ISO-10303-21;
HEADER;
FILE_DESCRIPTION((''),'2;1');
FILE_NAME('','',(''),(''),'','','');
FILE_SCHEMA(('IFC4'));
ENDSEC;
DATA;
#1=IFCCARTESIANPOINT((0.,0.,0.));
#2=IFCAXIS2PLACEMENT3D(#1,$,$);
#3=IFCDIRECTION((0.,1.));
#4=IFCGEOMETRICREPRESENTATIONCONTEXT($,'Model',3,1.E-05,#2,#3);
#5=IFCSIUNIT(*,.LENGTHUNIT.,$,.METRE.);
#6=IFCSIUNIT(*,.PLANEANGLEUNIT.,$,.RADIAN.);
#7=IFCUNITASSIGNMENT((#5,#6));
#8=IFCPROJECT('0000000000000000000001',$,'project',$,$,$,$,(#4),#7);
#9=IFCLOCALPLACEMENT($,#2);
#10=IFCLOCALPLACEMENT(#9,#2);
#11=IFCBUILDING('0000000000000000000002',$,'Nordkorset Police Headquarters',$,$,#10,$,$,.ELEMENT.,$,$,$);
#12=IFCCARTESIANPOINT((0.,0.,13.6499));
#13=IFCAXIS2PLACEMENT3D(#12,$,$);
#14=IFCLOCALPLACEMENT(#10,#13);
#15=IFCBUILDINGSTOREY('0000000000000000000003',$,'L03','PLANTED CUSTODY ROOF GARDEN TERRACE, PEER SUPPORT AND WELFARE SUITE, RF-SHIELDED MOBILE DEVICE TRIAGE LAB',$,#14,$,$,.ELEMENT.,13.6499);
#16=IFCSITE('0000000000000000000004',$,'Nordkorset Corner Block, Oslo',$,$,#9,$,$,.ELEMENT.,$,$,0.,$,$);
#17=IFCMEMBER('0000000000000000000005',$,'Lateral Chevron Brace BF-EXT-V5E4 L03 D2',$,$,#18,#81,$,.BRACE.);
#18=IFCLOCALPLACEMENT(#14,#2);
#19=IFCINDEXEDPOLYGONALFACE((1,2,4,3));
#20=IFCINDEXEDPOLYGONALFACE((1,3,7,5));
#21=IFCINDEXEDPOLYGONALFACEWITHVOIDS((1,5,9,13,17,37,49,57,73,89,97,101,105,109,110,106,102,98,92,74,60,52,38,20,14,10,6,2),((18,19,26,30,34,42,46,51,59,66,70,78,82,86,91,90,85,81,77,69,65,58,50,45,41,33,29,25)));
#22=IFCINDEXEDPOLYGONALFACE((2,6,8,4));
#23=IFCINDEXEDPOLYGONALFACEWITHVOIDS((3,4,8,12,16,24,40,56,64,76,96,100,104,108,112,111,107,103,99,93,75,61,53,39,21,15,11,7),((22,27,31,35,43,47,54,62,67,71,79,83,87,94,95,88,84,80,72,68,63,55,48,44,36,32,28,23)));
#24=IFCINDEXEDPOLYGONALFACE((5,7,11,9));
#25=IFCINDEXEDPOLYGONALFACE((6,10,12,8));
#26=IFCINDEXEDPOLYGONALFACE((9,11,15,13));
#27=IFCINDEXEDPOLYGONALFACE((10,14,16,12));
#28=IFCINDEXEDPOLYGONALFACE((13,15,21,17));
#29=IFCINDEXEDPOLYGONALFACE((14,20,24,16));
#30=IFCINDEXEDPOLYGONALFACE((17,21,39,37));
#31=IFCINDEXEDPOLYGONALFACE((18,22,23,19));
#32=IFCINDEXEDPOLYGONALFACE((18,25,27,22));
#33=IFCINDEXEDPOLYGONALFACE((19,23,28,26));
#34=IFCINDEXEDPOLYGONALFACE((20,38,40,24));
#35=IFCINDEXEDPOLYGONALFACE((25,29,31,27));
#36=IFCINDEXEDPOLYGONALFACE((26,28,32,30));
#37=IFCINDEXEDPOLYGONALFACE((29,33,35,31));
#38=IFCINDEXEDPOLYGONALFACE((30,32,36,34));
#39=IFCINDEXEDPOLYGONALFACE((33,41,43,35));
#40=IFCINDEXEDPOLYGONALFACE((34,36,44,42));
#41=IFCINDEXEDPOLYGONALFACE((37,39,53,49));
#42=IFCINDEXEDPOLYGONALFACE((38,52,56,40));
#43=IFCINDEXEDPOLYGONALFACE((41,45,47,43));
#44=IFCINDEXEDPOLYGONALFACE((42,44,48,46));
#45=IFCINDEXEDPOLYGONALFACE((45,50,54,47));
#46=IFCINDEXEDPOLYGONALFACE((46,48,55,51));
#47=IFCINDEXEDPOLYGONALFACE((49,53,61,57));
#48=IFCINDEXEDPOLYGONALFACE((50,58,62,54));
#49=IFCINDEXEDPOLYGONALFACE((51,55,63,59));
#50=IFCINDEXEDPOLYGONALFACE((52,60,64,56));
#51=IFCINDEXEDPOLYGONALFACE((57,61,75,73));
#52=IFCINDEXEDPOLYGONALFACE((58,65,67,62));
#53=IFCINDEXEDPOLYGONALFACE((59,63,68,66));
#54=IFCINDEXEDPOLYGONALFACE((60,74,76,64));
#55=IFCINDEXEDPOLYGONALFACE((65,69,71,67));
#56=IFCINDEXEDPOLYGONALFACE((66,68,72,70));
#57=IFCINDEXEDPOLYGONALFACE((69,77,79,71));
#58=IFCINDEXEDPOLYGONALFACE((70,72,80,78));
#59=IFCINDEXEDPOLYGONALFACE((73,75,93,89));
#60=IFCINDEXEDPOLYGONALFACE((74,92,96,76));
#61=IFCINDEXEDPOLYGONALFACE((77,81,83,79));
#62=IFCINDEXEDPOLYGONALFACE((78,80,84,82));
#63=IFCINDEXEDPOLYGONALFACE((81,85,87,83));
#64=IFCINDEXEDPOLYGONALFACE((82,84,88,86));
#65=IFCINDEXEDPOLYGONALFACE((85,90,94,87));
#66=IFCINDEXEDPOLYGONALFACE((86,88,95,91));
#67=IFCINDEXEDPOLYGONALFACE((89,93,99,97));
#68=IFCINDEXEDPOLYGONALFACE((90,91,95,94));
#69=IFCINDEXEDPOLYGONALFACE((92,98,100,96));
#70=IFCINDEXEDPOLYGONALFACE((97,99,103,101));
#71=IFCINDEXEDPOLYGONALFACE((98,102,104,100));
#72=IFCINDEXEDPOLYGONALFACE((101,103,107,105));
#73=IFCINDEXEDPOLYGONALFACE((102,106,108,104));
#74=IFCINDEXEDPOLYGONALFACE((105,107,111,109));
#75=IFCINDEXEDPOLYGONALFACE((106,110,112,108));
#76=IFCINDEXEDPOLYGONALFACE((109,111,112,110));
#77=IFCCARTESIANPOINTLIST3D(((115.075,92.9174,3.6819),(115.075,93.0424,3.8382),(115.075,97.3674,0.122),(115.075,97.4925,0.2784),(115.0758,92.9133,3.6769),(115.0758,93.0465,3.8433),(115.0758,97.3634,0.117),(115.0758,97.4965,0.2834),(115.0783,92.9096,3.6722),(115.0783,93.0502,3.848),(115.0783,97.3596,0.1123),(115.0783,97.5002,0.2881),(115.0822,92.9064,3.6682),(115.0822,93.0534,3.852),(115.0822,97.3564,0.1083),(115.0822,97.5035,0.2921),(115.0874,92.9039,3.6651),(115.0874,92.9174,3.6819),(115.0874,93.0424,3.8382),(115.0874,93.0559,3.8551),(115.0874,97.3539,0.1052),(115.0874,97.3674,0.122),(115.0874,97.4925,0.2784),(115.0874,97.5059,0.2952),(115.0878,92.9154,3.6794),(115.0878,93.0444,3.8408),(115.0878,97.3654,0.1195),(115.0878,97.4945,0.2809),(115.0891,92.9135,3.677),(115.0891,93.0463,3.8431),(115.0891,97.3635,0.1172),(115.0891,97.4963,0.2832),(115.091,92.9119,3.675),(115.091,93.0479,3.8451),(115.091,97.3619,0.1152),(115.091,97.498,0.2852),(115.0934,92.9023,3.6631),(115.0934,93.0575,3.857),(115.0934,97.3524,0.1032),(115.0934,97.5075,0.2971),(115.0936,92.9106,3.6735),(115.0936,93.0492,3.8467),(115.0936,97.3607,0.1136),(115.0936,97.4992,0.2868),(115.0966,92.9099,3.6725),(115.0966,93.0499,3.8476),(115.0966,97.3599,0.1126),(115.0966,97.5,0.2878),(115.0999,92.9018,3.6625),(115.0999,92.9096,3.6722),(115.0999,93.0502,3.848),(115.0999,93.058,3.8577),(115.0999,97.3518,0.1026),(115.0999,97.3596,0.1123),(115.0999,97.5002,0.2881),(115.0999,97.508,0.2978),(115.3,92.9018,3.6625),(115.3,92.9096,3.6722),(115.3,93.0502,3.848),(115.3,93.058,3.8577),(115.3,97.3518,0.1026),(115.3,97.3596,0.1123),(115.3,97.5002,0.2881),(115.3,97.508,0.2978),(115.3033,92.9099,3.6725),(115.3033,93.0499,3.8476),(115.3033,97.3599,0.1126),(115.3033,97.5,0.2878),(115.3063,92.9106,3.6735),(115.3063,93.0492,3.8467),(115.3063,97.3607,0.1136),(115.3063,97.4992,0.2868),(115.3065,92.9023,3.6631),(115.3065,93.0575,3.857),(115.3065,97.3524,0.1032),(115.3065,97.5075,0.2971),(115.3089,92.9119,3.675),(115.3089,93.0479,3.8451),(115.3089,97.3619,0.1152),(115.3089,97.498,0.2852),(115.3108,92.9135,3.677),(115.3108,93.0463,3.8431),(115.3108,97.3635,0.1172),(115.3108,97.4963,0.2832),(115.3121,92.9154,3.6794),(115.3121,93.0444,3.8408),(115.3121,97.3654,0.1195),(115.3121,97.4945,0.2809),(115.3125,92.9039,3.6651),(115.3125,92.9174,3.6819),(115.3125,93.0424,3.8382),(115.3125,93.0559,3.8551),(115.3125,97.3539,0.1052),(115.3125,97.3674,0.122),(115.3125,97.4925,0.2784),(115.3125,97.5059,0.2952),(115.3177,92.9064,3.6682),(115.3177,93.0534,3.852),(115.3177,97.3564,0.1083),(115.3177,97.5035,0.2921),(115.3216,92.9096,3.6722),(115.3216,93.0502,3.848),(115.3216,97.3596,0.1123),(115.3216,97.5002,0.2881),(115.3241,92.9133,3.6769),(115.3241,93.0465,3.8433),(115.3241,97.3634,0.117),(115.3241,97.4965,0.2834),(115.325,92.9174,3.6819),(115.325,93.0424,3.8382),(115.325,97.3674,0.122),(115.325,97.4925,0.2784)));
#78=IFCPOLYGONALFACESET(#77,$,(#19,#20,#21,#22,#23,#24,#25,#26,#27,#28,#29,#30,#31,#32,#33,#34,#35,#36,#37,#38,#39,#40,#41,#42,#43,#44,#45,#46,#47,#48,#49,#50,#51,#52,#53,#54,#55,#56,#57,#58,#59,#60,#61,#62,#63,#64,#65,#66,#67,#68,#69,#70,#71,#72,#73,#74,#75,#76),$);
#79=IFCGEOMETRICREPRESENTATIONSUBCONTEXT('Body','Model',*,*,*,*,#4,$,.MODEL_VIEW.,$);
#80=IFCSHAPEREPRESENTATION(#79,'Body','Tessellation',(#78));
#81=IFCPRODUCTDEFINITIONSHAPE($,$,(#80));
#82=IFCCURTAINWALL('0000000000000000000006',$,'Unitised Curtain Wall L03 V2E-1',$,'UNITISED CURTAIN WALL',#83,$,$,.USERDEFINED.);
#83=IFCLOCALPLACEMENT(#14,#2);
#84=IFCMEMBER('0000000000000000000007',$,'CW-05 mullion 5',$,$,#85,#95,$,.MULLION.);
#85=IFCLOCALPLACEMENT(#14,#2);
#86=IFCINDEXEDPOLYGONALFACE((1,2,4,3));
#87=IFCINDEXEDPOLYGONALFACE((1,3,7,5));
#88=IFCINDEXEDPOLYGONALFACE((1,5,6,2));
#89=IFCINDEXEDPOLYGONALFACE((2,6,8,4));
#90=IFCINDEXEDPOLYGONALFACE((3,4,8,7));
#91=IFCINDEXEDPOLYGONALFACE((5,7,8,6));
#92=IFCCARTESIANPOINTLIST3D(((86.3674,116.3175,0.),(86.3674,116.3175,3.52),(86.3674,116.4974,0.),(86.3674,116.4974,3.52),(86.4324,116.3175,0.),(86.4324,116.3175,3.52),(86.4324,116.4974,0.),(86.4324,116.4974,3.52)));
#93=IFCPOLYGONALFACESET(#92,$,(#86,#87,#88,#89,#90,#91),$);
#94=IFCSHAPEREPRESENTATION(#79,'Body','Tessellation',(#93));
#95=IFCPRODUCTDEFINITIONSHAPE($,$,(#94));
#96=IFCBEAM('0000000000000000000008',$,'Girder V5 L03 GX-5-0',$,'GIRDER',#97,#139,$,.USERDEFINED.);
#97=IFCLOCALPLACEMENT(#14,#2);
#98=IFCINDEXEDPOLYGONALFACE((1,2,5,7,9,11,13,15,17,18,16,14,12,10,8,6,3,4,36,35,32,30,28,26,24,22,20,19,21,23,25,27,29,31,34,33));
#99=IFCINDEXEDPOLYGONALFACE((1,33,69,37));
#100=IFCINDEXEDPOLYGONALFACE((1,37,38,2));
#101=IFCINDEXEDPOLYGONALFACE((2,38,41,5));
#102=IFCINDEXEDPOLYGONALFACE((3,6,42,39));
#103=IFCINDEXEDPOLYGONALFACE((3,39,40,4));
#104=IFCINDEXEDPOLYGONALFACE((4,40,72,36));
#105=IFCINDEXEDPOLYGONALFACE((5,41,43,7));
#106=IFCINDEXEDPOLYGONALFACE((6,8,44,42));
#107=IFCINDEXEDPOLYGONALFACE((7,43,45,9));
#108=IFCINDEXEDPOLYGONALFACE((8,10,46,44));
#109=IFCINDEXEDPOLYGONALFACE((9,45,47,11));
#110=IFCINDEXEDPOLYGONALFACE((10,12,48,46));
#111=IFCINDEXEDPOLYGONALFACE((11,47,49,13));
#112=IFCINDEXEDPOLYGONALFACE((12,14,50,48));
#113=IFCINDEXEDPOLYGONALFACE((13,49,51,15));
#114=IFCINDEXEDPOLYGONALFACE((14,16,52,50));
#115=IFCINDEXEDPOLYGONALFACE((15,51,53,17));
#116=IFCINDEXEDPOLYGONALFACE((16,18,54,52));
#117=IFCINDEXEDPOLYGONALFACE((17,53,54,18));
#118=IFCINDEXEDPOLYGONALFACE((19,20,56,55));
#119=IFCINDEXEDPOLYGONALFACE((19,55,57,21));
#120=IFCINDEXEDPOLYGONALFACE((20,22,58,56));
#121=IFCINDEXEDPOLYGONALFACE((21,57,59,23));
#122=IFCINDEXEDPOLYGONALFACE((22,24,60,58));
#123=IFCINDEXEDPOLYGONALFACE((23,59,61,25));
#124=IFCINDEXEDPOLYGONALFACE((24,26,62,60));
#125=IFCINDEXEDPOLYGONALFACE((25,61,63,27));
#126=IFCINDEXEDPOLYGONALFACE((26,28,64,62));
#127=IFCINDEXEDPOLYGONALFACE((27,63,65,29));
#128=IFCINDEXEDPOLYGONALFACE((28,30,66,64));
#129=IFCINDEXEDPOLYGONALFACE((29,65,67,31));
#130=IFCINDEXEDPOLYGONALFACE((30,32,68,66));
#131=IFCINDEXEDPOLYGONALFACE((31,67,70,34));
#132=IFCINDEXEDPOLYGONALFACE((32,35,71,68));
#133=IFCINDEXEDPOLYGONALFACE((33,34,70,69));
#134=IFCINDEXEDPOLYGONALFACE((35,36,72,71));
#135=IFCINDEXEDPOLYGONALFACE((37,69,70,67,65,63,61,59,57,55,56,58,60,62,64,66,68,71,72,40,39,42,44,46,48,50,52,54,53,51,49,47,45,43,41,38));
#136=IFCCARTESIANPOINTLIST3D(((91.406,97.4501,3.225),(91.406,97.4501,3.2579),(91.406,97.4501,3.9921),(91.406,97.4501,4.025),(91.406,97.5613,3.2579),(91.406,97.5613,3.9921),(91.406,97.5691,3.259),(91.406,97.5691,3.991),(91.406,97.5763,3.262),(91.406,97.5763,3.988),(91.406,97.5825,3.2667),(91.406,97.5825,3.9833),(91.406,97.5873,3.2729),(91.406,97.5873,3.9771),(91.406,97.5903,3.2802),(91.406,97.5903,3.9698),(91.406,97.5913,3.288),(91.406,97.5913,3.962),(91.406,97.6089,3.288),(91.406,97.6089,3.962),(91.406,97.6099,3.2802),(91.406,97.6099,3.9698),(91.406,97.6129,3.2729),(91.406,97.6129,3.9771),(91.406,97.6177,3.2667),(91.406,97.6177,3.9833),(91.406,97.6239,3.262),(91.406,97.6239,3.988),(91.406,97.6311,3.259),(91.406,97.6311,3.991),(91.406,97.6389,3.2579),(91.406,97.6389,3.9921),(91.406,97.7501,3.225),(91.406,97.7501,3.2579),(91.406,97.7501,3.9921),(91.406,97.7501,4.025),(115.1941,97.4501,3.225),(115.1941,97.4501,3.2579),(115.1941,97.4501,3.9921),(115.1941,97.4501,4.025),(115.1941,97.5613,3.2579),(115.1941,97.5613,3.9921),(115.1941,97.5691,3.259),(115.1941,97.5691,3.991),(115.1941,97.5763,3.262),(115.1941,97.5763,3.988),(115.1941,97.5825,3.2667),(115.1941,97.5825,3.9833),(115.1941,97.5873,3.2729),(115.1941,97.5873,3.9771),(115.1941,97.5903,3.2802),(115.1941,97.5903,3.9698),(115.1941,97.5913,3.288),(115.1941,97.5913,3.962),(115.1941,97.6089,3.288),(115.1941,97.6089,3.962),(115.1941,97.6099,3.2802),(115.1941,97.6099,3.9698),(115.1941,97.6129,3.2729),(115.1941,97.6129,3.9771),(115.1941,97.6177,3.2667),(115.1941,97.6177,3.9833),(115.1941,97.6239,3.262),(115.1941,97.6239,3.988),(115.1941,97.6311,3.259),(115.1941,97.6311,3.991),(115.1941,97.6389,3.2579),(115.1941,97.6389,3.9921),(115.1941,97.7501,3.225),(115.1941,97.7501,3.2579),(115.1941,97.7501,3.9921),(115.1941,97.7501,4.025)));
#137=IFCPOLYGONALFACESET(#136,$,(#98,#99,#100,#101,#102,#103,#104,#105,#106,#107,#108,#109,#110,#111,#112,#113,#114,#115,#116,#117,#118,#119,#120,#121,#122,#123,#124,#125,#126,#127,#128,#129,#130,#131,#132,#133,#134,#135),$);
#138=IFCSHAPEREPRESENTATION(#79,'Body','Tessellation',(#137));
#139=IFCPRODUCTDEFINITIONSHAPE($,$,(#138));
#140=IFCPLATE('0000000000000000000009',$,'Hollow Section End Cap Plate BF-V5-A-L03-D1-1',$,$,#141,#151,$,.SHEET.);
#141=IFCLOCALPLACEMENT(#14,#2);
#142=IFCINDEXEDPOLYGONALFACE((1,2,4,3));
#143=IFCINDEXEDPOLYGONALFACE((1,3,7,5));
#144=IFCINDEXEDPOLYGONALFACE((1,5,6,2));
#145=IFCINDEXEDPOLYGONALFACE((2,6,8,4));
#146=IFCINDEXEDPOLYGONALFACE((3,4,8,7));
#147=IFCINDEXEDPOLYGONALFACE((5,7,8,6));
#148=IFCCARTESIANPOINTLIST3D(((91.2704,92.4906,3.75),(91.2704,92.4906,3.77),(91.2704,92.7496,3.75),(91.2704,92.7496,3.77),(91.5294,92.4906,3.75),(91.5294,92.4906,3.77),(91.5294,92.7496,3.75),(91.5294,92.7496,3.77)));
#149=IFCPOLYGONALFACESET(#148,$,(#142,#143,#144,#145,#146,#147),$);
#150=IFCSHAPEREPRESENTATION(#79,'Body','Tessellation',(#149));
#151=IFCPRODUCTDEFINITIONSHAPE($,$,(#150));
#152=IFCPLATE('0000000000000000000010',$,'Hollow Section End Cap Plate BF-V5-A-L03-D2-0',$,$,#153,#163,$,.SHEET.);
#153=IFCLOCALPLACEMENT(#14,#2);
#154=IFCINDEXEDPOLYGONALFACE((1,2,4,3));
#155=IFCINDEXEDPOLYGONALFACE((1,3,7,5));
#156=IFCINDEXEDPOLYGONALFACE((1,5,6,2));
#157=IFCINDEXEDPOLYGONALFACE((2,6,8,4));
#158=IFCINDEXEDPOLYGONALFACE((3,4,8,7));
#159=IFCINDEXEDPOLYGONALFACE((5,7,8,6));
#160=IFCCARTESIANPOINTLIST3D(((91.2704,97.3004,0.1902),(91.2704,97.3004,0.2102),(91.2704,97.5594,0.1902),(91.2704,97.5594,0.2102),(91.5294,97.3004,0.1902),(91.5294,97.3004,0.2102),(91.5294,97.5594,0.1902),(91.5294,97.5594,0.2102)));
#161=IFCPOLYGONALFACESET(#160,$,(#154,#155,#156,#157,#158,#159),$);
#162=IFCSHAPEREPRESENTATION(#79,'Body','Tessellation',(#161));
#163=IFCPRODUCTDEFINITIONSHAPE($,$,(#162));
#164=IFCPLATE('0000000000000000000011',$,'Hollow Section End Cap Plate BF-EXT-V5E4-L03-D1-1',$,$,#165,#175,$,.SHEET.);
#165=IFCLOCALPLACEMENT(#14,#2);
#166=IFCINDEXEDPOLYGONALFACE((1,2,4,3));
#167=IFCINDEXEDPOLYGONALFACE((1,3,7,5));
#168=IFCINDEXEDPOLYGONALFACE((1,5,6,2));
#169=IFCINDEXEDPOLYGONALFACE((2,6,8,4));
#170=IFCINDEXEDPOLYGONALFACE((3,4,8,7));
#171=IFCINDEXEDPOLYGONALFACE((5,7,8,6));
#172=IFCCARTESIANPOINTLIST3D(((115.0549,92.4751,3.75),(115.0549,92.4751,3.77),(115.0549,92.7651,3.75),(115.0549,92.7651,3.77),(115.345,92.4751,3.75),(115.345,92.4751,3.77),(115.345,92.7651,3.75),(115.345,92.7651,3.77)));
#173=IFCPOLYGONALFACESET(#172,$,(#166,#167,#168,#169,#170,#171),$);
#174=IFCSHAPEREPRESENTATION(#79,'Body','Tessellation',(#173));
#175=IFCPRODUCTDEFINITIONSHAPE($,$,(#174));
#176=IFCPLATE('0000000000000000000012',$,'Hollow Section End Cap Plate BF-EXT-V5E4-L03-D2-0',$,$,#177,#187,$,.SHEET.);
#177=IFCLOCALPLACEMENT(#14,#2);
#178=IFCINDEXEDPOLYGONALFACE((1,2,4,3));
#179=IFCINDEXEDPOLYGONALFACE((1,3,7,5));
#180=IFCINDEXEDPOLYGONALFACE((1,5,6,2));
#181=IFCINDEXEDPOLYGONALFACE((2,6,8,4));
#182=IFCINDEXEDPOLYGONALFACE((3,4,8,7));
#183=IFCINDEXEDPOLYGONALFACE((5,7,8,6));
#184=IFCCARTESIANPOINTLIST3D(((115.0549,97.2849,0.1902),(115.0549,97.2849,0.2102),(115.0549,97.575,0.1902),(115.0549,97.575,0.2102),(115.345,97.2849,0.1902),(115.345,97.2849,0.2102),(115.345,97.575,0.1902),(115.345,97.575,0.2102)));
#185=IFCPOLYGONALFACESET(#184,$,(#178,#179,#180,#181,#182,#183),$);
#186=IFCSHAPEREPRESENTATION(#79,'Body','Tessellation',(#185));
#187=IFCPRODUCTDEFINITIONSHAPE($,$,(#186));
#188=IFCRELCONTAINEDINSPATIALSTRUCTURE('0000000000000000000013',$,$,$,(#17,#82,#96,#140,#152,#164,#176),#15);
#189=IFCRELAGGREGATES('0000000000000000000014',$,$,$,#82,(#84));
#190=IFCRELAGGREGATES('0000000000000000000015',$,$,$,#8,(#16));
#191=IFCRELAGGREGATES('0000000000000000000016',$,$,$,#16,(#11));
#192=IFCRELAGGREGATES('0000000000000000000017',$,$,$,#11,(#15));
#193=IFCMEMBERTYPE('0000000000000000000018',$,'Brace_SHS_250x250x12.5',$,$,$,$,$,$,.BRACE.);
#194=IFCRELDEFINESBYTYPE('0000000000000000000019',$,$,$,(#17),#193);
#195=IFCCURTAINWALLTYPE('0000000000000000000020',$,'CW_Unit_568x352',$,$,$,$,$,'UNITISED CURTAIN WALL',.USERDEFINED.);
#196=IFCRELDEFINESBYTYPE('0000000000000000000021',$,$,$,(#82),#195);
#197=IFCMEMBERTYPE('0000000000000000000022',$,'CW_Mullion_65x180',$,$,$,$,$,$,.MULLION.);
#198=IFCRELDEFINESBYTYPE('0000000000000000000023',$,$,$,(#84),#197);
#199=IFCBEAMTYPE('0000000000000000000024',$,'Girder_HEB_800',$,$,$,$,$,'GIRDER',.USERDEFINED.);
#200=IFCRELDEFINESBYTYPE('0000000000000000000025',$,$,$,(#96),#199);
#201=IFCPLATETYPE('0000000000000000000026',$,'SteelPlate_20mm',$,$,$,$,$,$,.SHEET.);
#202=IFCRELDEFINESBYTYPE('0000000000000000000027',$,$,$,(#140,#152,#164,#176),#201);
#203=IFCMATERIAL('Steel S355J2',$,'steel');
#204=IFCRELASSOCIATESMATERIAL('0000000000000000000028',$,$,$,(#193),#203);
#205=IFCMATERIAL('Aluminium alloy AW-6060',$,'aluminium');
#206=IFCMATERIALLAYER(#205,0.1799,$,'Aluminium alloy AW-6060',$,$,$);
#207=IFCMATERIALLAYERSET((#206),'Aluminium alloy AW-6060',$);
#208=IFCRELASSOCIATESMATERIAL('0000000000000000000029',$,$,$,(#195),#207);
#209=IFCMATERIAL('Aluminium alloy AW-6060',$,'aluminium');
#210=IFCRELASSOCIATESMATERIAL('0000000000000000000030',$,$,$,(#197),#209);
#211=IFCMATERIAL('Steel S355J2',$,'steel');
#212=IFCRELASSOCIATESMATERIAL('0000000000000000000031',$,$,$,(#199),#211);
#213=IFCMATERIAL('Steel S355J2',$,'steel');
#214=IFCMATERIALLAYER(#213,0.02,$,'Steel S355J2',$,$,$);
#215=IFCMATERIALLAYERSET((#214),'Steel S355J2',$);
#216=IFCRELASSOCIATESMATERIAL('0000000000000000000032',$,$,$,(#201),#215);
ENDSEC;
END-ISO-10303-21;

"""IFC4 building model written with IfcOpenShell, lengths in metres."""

from ifc_helpers import new_model, si_unit, direction, frame, origin, origin_2d, place, context, subcontext, project, spatial, rectangle, hollow_rectangle, i_section, extrude, material, layer, layer_set, material_profile, profile_set, type_object, element, aggregate, save


model = new_model("IFC4")

# Units and contexts
model_context = context("Model", 3, precision=1e-05, world=origin(), true_north=direction((0.0, 1.0)))
body_context = subcontext(model_context, "Body", "Model", "MODEL_VIEW")
ifc_project = project(units=[si_unit("LENGTHUNIT", "METRE"), si_unit("PLANEANGLEUNIT", "RADIAN")], contexts=[model_context])

# Site, building, storey
site_placement = place(None, origin())
site = spatial("IfcSite", under=ifc_project, at=site_placement, Name="Nordkorset Corner Block, Oslo", CompositionType="ELEMENT", RefElevation=0.0)
building_placement = place(site_placement, origin())
building = spatial("IfcBuilding", under=site, at=building_placement, Name="Nordkorset Police Headquarters", CompositionType="ELEMENT")
storey_placement = place(building_placement, frame((0.0, 0.0, 13.6499)))
storey = spatial("IfcBuildingStorey", under=building, at=storey_placement, Name="L03", Description="PLANTED CUSTODY ROOF GARDEN TERRACE, PEER SUPPORT AND WELFARE SUITE, RF-SHIELDED MOBILE DEVICE TRIAGE LAB", CompositionType="ELEMENT", Elevation=13.6499)

# Member
ifc_material_1 = material(Name="Steel S355J2", Category="steel")
ifc_material_profile_1 = material_profile(ifc_material_1, hollow_rectangle(XDim=0.25, YDim=0.25, WallThickness=0.0125, InnerFilletRadius=0.0125, OuterFilletRadius=0.0249, at=origin_2d()), Name="SHS 250x250x12.5")
ifc_profile_set_1 = profile_set([ifc_material_profile_1], Name="Steel S355J2")
member_type_1 = type_object("IfcMemberType", Name="Brace_SHS_250x250x12.5", PredefinedType="BRACE", material=ifc_profile_set_1)
member_1_placement = place(storey_placement, frame((115.2, 97.4299, 0.2002), z_axis=(0.0, -0.780881, 0.624679), x_axis=(1.0, 0.0, 0.0)))
element("IfcMember", 1, at=member_1_placement, inside=storey, type_object=member_type_1, Name="Lateral Chevron Brace BF-EXT-V5E4 L03 D2", PredefinedType="BRACE", context=body_context, shape_type="SweptSolid", body=[
    extrude(hollow_rectangle(XDim=0.25, YDim=0.25, WallThickness=0.0125, InnerFilletRadius=0.0125, OuterFilletRadius=0.0249, at=origin_2d()), origin(), (0.0, 0.0, 1.0), 5.6987),
])

# Curtain wall, member
ifc_material_2 = material(Name="Aluminium alloy AW-6060", Category="aluminium")
ifc_layer_1 = layer(ifc_material_2, 0.1799, Name="Aluminium alloy AW-6060")
ifc_layer_set_1 = layer_set([ifc_layer_1], Name="Aluminium alloy AW-6060")
curtain_wall_type = type_object("IfcCurtainWallType", Name="CW_Unit_568x352", ElementType="UNITISED CURTAIN WALL", PredefinedType="USERDEFINED", material=ifc_layer_set_1)
curtain_wall_placement = place(storey_placement, origin())
curtain_wall = element("IfcCurtainWall", 2, at=curtain_wall_placement, inside=storey, type_object=curtain_wall_type, Name="Unitised Curtain Wall L03 V2E-1", ObjectType="UNITISED CURTAIN WALL", PredefinedType="USERDEFINED")
ifc_material_3 = material(Name="Aluminium alloy AW-6060", Category="aluminium")
ifc_material_profile_2 = material_profile(ifc_material_3, rectangle(XDim=0.0649, YDim=0.1799, at=origin_2d()), Name="ALU MULL 65x180")
ifc_profile_set_2 = profile_set([ifc_material_profile_2], Name="Aluminium alloy AW-6060")
member_type_2 = type_object("IfcMemberType", Name="CW_Mullion_65x180", PredefinedType="MULLION", material=ifc_profile_set_2)
member_2_placement = place(storey_placement, frame((86.3999, 116.4075, 0.0), z_axis=(0.0, 0.0, 1.0), x_axis=(-1.0, 0.0, 0.0)))
member_2 = element("IfcMember", 3, at=member_2_placement, type_object=member_type_2, Name="CW-05 mullion 5", PredefinedType="MULLION", context=body_context, shape_type="SweptSolid", body=[
    extrude(rectangle(XDim=0.0649, YDim=0.1799, at=origin_2d()), origin(), (0.0, 0.0, 1.0), 3.52),
])
aggregate(curtain_wall, [member_2])

# Beam
ifc_material_4 = material(Name="Steel S355J2", Category="steel")
ifc_material_profile_3 = material_profile(ifc_material_4, i_section(OverallWidth=0.3, OverallDepth=0.8, WebThickness=0.0176, FlangeThickness=0.033, FilletRadius=0.03, at=origin_2d()), Name="HEB 800")
ifc_profile_set_3 = profile_set([ifc_material_profile_3], Name="Steel S355J2")
beam_type = type_object("IfcBeamType", Name="Girder_HEB_800", ElementType="GIRDER", PredefinedType="USERDEFINED", material=ifc_profile_set_3)
beam_placement = place(storey_placement, frame((91.406, 97.6001, 3.625), z_axis=(1.0, 0.0, 0.0), x_axis=(0.0, 1.0, 0.0)))
element("IfcBeam", 4, at=beam_placement, inside=storey, type_object=beam_type, Name="Girder V5 L03 GX-5-0", ObjectType="GIRDER", PredefinedType="USERDEFINED", context=body_context, shape_type="SweptSolid", body=[
    extrude(i_section(OverallWidth=0.3, OverallDepth=0.8, WebThickness=0.0176, FlangeThickness=0.033, FilletRadius=0.03, at=origin_2d()), origin(), (0.0, 0.0, 1.0), 23.7881),
])

# Plates
ifc_material_5 = material(Name="Steel S355J2", Category="steel")
ifc_layer_2 = layer(ifc_material_5, 0.02, Name="Steel S355J2")
ifc_layer_set_2 = layer_set([ifc_layer_2], Name="Steel S355J2")
plate_type = type_object("IfcPlateType", Name="SteelPlate_20mm", PredefinedType="SHEET", material=ifc_layer_set_2)
for number, where, z_axis, x_axis, name in (
    (5, (91.3999, 92.6201, 3.75), (0.0, 0.0, 1.0), (1.0, 0.0, 0.0), "Hollow Section End Cap Plate BF-V5-A-L03-D1-1"),
    (6, (91.3999, 97.4299, 0.1902), (0.0, 0.0, 1.0), (1.0, 0.0, 0.0), "Hollow Section End Cap Plate BF-V5-A-L03-D2-0"),
):
    element("IfcPlate", number, at=place(storey_placement, frame(where, z_axis=z_axis, x_axis=x_axis)), inside=storey, type_object=plate_type, Name=name, PredefinedType="SHEET", context=body_context, shape_type="SweptSolid", body=[
        extrude(rectangle(XDim=0.259, YDim=0.259, at=origin_2d()), origin(), (0.0, 0.0, 1.0), 0.02),
    ])
for number, where, z_axis, x_axis, name in (
    (7, (115.2, 92.6201, 3.75), (0.0, 0.0, 1.0), (1.0, 0.0, 0.0), "Hollow Section End Cap Plate BF-EXT-V5E4-L03-D1-1"),
    (8, (115.2, 97.4299, 0.1902), (0.0, 0.0, 1.0), (1.0, 0.0, 0.0), "Hollow Section End Cap Plate BF-EXT-V5E4-L03-D2-0"),
):
    element("IfcPlate", number, at=place(storey_placement, frame(where, z_axis=z_axis, x_axis=x_axis)), inside=storey, type_object=plate_type, Name=name, PredefinedType="SHEET", context=body_context, shape_type="SweptSolid", body=[
        extrude(rectangle(XDim=0.29, YDim=0.29, at=origin_2d()), origin(), (0.0, 0.0, 1.0), 0.02),
    ])

save(model, "model.ifc")
